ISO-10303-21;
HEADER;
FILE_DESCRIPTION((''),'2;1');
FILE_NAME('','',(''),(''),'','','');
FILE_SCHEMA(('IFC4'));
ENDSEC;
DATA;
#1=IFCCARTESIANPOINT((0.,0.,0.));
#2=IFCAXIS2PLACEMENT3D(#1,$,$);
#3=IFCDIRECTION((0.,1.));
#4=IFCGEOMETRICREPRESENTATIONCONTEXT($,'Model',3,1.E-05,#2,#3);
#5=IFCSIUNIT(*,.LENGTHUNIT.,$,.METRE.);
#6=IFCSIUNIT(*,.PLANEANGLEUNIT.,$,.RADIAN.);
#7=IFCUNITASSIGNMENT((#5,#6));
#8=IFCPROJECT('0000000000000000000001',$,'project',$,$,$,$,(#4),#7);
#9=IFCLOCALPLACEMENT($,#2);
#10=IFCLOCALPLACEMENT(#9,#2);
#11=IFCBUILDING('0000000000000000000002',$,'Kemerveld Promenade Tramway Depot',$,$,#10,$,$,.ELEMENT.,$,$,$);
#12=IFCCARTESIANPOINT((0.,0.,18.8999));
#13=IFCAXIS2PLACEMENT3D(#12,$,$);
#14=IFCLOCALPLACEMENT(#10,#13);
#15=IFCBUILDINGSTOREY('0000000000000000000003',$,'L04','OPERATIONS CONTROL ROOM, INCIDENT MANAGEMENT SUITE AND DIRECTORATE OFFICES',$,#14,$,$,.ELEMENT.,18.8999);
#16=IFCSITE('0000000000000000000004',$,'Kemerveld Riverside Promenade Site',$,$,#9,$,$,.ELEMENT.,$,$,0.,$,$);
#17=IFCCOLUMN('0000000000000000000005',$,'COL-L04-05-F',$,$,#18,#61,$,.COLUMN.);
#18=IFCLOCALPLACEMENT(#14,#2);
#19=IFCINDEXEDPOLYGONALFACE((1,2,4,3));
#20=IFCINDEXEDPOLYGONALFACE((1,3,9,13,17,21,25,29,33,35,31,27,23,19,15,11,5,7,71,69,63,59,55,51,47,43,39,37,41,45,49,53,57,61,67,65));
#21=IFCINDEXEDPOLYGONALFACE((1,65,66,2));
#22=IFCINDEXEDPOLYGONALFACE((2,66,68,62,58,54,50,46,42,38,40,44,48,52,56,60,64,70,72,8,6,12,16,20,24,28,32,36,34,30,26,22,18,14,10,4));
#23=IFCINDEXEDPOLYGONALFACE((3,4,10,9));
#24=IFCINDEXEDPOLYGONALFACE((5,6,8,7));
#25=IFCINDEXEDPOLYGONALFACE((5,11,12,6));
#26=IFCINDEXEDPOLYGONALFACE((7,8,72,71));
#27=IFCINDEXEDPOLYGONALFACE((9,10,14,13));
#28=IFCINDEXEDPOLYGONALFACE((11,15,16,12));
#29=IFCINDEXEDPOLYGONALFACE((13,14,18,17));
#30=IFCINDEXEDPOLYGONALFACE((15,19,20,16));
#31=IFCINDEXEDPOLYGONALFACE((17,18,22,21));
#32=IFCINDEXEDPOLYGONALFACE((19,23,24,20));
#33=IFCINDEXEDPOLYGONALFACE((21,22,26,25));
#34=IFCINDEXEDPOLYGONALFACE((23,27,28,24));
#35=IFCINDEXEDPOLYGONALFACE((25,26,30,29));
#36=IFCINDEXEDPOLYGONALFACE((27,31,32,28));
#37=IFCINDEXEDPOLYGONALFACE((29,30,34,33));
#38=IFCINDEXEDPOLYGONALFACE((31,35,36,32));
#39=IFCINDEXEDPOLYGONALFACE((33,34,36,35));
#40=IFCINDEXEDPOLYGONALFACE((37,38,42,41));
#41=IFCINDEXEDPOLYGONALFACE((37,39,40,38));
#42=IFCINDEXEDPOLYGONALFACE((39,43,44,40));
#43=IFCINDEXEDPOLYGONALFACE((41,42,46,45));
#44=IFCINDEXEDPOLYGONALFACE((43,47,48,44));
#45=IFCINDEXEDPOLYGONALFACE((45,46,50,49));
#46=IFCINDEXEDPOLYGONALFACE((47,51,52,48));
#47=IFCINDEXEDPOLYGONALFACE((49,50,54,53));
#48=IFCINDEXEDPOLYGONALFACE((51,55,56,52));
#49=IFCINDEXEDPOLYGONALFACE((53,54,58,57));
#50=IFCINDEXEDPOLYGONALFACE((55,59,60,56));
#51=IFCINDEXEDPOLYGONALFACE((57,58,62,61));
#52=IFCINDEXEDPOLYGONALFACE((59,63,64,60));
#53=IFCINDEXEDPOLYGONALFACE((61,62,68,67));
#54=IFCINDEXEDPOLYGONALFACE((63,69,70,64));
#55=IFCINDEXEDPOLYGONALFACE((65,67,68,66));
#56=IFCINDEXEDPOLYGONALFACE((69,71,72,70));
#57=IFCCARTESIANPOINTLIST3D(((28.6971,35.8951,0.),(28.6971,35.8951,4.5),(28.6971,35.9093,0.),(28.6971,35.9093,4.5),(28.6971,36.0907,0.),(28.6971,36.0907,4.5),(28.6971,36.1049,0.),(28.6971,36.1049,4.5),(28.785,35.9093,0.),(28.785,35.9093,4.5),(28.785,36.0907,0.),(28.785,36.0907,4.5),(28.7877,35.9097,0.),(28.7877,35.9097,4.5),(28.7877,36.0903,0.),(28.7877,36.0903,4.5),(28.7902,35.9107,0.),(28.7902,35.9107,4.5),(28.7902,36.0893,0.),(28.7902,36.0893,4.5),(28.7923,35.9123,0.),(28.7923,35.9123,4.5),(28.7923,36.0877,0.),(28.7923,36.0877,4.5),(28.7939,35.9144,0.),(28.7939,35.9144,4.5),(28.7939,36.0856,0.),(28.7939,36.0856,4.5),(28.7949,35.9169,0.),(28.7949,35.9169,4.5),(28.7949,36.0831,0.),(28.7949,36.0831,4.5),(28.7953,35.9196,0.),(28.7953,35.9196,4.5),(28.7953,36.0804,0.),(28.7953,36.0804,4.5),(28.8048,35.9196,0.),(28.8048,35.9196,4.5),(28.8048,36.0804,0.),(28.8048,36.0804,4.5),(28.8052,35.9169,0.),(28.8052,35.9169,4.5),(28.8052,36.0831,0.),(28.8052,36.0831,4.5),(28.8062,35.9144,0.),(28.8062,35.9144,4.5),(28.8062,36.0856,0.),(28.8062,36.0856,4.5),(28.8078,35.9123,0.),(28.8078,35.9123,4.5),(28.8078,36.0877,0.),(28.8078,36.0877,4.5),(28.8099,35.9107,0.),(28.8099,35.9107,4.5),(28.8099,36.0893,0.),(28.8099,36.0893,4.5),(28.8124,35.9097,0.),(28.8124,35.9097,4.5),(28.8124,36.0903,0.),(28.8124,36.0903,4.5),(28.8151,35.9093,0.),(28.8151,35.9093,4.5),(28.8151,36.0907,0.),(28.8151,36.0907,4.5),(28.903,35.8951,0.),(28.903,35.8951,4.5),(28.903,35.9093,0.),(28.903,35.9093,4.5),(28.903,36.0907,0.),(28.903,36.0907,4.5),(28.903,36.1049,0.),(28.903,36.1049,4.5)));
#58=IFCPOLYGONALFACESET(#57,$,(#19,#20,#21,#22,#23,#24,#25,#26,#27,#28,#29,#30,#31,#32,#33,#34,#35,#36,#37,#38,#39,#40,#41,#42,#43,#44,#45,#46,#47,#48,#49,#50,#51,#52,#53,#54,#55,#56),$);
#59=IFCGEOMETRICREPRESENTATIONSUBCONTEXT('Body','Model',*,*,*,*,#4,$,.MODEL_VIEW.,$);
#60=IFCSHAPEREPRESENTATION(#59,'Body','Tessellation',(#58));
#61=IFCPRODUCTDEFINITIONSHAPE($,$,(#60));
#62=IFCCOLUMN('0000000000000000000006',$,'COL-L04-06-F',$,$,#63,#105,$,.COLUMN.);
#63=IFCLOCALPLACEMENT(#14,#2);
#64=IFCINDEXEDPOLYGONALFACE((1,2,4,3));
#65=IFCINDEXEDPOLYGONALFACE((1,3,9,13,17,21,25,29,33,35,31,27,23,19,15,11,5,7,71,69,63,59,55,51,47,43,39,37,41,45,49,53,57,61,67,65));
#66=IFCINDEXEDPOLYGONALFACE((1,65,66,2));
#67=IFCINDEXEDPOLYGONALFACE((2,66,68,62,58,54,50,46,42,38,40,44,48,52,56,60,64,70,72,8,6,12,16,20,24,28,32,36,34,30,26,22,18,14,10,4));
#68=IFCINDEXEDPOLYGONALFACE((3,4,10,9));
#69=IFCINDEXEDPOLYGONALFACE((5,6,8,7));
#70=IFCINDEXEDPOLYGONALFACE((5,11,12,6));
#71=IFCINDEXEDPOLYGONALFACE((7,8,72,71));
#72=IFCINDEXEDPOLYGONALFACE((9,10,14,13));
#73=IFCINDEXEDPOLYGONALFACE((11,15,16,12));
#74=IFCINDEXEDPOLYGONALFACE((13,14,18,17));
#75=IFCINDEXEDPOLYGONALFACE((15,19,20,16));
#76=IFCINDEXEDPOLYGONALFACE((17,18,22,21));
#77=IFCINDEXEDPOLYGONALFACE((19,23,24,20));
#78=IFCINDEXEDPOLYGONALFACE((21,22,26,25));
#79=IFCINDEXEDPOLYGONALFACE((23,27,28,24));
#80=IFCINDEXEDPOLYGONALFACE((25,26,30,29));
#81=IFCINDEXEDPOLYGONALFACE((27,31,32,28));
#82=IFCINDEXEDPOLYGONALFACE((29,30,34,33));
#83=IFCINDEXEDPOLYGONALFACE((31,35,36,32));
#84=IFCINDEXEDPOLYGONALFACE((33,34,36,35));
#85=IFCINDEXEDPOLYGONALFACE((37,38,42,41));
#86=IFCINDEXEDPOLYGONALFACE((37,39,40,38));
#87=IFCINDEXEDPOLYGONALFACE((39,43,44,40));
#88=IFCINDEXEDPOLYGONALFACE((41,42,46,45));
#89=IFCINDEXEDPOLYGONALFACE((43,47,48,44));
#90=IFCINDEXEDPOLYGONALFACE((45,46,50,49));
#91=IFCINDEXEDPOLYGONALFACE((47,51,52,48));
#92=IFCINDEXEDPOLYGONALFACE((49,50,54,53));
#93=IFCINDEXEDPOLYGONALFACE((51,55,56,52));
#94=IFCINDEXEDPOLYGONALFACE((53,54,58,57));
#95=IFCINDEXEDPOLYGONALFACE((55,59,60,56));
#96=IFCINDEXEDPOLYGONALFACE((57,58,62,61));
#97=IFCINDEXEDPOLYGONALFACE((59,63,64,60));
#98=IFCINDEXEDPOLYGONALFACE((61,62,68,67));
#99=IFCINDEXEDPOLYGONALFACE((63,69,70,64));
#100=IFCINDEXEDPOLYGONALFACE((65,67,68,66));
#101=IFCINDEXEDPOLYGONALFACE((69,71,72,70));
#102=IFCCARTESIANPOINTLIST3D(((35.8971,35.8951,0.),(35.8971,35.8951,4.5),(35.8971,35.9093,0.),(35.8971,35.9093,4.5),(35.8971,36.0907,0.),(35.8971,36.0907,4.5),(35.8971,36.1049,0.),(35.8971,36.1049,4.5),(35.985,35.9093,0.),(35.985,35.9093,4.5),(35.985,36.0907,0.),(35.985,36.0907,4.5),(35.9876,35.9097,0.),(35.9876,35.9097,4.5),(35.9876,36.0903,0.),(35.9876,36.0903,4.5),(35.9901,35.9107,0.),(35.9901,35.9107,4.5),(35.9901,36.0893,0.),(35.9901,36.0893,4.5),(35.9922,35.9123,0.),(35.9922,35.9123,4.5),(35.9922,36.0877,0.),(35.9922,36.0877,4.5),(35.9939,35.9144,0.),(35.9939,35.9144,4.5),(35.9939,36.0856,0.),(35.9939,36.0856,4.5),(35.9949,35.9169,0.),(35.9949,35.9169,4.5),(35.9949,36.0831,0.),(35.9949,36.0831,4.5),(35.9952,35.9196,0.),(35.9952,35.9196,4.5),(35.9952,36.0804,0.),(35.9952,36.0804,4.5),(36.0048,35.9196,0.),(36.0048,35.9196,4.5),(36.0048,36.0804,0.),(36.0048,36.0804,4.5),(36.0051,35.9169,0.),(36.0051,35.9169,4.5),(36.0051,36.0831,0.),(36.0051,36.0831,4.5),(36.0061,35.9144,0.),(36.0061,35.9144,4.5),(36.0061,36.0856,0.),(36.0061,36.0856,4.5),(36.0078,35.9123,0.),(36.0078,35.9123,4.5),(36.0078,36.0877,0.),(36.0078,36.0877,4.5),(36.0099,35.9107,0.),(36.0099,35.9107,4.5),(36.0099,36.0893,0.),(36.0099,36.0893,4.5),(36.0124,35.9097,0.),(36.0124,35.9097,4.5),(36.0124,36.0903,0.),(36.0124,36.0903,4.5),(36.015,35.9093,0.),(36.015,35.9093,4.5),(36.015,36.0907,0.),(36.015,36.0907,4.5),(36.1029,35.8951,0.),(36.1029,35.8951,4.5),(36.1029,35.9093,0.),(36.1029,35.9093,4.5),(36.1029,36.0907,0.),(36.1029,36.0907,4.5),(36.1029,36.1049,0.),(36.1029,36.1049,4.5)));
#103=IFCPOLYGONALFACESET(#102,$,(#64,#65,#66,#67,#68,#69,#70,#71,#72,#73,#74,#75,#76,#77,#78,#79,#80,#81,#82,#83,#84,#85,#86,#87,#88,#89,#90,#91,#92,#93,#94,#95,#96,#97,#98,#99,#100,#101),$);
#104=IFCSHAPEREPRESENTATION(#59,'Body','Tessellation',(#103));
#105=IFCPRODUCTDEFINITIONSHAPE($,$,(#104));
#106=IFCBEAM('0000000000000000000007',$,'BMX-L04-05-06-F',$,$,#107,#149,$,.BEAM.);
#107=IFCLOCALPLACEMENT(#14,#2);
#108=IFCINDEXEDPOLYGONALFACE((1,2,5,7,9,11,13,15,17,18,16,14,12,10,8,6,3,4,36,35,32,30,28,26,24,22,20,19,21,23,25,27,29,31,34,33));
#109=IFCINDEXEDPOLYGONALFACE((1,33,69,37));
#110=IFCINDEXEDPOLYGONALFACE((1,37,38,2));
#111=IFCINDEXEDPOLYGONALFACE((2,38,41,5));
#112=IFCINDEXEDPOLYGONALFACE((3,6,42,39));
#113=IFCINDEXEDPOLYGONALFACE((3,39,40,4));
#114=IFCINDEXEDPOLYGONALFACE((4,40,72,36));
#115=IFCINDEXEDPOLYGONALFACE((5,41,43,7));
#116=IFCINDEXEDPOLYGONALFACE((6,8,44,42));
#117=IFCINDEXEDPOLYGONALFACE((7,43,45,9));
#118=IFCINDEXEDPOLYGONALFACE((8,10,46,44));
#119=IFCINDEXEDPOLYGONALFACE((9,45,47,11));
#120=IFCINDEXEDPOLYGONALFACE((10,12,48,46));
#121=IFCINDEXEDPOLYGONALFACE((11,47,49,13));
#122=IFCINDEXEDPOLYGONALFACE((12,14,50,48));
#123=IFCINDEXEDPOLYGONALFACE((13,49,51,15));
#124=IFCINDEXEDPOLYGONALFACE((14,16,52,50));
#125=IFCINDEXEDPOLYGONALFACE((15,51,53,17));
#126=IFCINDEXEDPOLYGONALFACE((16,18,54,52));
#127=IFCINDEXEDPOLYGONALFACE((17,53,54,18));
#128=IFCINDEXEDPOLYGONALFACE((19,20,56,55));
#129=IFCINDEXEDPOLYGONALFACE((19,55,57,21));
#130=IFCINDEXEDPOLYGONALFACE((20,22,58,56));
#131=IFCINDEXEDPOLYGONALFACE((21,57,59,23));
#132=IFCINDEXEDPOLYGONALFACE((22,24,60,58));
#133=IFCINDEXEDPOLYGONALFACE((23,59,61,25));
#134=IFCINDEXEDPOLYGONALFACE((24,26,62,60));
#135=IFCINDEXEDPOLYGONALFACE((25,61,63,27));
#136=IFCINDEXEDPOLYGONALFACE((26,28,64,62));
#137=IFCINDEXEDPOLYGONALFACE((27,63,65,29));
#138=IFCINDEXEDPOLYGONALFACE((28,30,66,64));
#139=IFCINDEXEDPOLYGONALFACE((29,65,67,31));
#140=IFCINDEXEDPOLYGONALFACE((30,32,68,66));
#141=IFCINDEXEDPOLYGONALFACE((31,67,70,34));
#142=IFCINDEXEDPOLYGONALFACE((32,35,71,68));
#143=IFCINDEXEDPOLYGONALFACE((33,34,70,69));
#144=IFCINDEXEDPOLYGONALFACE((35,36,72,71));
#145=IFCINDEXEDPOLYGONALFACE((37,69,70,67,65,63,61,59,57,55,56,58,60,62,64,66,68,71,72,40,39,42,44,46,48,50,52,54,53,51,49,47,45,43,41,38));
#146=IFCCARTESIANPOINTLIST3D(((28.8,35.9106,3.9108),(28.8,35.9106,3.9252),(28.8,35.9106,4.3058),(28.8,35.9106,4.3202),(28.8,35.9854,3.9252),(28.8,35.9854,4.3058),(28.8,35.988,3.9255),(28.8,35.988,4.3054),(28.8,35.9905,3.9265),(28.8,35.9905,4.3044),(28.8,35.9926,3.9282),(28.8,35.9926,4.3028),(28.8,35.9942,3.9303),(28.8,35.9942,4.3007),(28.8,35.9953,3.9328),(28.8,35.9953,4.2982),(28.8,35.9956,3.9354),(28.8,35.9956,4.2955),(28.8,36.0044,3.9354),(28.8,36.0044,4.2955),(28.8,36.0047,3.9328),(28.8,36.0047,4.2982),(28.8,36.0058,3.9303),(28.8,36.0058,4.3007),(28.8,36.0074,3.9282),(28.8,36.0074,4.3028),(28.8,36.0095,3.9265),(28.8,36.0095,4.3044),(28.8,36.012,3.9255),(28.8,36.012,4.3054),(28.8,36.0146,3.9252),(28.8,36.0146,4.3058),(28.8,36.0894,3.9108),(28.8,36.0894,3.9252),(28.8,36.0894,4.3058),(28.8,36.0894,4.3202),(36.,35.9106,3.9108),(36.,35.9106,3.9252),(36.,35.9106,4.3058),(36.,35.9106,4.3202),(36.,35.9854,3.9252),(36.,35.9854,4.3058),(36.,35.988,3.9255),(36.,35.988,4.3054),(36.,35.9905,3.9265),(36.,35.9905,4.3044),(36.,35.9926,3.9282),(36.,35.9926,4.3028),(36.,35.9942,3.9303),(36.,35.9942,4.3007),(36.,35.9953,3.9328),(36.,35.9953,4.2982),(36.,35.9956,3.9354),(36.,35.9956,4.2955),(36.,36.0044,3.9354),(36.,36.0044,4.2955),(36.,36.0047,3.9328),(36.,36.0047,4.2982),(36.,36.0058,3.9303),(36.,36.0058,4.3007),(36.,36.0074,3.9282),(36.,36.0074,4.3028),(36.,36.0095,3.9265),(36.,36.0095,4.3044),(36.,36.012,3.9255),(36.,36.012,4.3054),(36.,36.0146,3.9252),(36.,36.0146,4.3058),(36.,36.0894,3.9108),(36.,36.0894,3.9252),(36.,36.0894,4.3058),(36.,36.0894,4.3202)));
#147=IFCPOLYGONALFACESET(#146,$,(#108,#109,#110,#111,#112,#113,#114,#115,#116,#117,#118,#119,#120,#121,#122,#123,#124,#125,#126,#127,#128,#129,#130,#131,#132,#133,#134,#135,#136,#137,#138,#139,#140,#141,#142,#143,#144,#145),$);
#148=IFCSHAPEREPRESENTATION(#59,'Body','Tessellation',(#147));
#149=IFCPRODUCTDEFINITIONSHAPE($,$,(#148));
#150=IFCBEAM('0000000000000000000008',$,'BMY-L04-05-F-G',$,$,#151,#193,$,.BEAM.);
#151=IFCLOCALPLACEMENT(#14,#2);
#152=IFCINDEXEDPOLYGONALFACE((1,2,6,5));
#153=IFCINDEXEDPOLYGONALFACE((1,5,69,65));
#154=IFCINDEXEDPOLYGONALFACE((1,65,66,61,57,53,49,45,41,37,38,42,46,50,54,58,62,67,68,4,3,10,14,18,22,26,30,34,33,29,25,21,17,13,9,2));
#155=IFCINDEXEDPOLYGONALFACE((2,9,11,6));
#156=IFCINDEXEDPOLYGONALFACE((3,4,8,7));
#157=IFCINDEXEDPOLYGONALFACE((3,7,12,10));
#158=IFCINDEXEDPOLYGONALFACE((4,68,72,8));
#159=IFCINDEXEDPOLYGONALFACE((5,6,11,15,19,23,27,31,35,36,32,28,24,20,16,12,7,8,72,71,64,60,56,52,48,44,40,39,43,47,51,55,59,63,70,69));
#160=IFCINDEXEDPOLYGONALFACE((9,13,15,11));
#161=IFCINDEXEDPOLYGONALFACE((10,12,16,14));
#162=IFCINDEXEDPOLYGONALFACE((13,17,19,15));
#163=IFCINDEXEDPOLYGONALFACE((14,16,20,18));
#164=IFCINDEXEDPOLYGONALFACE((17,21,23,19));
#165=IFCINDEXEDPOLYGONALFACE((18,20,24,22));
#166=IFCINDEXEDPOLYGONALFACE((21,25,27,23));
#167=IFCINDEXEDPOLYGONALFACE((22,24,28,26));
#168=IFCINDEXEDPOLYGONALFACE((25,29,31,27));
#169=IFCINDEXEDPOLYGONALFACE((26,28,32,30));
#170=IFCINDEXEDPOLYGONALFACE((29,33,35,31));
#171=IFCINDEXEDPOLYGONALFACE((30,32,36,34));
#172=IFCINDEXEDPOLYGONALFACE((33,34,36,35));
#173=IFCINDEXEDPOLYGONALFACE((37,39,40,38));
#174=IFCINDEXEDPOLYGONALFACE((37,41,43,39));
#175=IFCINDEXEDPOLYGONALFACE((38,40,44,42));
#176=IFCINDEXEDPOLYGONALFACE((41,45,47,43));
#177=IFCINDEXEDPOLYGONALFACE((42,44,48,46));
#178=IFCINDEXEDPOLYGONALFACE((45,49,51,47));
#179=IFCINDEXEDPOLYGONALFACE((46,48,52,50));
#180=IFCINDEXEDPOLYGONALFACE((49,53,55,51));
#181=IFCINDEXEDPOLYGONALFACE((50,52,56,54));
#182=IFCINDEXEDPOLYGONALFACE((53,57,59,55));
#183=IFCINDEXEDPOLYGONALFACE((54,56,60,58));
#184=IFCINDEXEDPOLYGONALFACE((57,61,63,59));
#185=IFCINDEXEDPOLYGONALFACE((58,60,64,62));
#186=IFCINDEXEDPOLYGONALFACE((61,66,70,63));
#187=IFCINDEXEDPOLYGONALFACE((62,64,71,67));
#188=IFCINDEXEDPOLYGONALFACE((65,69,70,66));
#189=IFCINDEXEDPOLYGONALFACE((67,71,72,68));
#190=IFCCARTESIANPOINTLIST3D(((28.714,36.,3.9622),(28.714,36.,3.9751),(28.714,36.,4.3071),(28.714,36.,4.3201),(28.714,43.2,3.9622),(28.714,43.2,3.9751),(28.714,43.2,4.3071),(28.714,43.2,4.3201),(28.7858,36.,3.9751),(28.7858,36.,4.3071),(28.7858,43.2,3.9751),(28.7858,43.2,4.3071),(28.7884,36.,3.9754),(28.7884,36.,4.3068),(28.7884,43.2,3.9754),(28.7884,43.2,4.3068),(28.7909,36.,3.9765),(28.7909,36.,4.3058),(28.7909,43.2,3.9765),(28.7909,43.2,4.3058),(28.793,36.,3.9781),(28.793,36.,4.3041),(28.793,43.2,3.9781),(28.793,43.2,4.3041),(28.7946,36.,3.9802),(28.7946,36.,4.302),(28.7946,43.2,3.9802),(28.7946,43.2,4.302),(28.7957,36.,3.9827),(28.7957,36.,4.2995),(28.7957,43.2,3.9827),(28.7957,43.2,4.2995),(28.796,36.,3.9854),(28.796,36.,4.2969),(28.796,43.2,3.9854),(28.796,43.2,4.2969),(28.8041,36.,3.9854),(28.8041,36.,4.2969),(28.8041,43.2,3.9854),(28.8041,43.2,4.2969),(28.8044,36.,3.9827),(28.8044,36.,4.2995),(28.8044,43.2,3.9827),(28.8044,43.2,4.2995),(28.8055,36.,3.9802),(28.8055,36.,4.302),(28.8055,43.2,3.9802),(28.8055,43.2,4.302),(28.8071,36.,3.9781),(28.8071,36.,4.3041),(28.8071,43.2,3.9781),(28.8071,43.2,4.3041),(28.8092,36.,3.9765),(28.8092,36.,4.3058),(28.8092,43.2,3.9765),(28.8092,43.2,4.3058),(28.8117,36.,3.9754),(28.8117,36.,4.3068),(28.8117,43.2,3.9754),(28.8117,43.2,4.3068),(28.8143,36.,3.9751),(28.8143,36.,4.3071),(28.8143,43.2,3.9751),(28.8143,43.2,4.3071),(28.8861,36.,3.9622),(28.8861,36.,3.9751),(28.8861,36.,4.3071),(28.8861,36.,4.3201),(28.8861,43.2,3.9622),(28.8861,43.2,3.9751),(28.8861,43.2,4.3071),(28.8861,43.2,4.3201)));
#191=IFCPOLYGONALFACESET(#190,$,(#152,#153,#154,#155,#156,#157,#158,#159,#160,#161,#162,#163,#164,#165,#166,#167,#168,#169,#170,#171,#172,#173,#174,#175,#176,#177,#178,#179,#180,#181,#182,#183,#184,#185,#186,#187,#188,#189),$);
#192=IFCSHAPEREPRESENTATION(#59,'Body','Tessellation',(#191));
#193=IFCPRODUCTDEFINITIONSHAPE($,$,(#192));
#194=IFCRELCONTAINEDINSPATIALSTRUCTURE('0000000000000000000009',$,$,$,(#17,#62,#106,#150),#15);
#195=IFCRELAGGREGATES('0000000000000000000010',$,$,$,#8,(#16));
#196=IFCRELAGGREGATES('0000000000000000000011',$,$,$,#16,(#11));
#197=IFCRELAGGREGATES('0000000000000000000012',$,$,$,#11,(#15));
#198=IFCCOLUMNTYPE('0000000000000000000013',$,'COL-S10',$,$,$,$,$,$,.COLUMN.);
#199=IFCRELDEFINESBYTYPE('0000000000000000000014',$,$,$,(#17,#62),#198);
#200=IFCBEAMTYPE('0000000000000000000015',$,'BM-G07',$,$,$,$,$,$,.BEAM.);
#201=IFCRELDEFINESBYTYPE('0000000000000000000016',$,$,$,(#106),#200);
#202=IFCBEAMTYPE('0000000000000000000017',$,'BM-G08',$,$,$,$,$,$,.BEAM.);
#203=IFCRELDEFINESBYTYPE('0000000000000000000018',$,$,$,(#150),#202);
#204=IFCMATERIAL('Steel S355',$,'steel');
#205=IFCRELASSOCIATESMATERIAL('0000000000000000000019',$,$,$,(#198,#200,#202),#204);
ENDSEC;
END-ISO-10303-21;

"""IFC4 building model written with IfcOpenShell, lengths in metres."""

from ifc_helpers import new_model, si_unit, direction, frame, origin, origin_2d, place, context, subcontext, project, spatial, i_section, extrude, material, material_profile, profile_set, type_object, element, save


model = new_model("IFC4")

# Units and contexts
model_context = context("Model", 3, precision=1e-05, world=origin(), true_north=direction((0.0, 1.0)))
body_context = subcontext(model_context, "Body", "Model", "MODEL_VIEW")
ifc_project = project(units=[si_unit("LENGTHUNIT", "METRE"), si_unit("PLANEANGLEUNIT", "RADIAN")], contexts=[model_context])

# Site, building, storey
site_placement = place(None, origin())
site = spatial("IfcSite", under=ifc_project, at=site_placement, Name="Kemerveld Riverside Promenade Site", CompositionType="ELEMENT", RefElevation=0.0)
building_placement = place(site_placement, origin())
building = spatial("IfcBuilding", under=site, at=building_placement, Name="Kemerveld Promenade Tramway Depot", CompositionType="ELEMENT")
storey_placement = place(building_placement, frame((0.0, 0.0, 18.8999)))
storey = spatial("IfcBuildingStorey", under=building, at=storey_placement, Name="L04", Description="OPERATIONS CONTROL ROOM, INCIDENT MANAGEMENT SUITE AND DIRECTORATE OFFICES", CompositionType="ELEMENT", Elevation=18.8999)

# Columns
ifc_material_1 = material(Name="Steel S355", Category="steel")
ifc_material_profile_1 = material_profile(ifc_material_1, i_section(OverallWidth=0.2058, OverallDepth=0.2097, WebThickness=0.0095, FlangeThickness=0.0142, FilletRadius=0.0103, at=origin_2d()), Name="203x203x60 UC")
ifc_profile_set_1 = profile_set([ifc_material_profile_1], Name="Steel S355")
column_type = type_object("IfcColumnType", Name="COL-S10", PredefinedType="COLUMN", material=ifc_profile_set_1)
for number, where, z_axis, x_axis, name in (
    (1, (28.8, 36.0, 0.0), (0.0, 0.0, 1.0), (1.0, 0.0, 0.0), "COL-L04-05-F"),
    (2, (36.0, 36.0, 0.0), (0.0, 0.0, 1.0), (1.0, 0.0, 0.0), "COL-L04-06-F"),
):
    element("IfcColumn", number, at=place(storey_placement, frame(where, z_axis=z_axis, x_axis=x_axis)), inside=storey, type_object=column_type, Name=name, PredefinedType="COLUMN", context=body_context, shape_type="SweptSolid", body=[
        extrude(i_section(OverallWidth=0.2058, OverallDepth=0.2097, WebThickness=0.0095, FlangeThickness=0.0142, FilletRadius=0.0103, at=origin_2d()), origin(), (0.0, 0.0, 1.0), 4.5),
    ])

# Beams
ifc_material_profile_2 = material_profile(ifc_material_1, i_section(OverallWidth=0.1787, OverallDepth=0.4094, WebThickness=0.0088, FlangeThickness=0.0144, FilletRadius=0.0103, at=origin_2d()), Name="406x178x67 UB")
ifc_profile_set_2 = profile_set([ifc_material_profile_2], Name="Steel S355")
beam_type_1 = type_object("IfcBeamType", Name="BM-G07", PredefinedType="BEAM", material=ifc_profile_set_2)
beam_placement = place(storey_placement, frame((28.8, 36.0, 4.1155), z_axis=(1.0, 0.0, 0.0), x_axis=(0.0, 1.0, 0.0)))
element("IfcBeam", 3, at=beam_placement, inside=storey, type_object=beam_type_1, Name="BMX-L04-05-06-F", PredefinedType="BEAM", context=body_context, shape_type="SweptSolid", body=[
    extrude(i_section(OverallWidth=0.1787, OverallDepth=0.4094, WebThickness=0.0088, FlangeThickness=0.0144, FilletRadius=0.0103, at=origin_2d()), origin(), (0.0, 0.0, 1.0), 7.2),
])
ifc_material_profile_3 = material_profile(ifc_material_1, i_section(OverallWidth=0.1721, OverallDepth=0.3579, WebThickness=0.0081, FlangeThickness=0.0129, FilletRadius=0.0103, at=origin_2d()), Name="356x171x57 UB")
ifc_profile_set_3 = profile_set([ifc_material_profile_3], Name="Steel S355")
beam_type_2 = type_object("IfcBeamType", Name="BM-G08", PredefinedType="BEAM", material=ifc_profile_set_3)
for number, where, z_axis, x_axis, name in (
    (4, (28.8, 36.0, 4.1411), (0.0, 1.0, 0.0), (-1.0, 0.0, 0.0), "BMY-L04-05-F-G"),
):
    element("IfcBeam", number, at=place(storey_placement, frame(where, z_axis=z_axis, x_axis=x_axis)), inside=storey, type_object=beam_type_2, Name=name, PredefinedType="BEAM", context=body_context, shape_type="SweptSolid", body=[
        extrude(i_section(OverallWidth=0.1721, OverallDepth=0.3579, WebThickness=0.0081, FlangeThickness=0.0129, FilletRadius=0.0103, at=origin_2d()), origin(), (0.0, 0.0, 1.0), 7.2),
    ])

save(model, "model.ifc")
